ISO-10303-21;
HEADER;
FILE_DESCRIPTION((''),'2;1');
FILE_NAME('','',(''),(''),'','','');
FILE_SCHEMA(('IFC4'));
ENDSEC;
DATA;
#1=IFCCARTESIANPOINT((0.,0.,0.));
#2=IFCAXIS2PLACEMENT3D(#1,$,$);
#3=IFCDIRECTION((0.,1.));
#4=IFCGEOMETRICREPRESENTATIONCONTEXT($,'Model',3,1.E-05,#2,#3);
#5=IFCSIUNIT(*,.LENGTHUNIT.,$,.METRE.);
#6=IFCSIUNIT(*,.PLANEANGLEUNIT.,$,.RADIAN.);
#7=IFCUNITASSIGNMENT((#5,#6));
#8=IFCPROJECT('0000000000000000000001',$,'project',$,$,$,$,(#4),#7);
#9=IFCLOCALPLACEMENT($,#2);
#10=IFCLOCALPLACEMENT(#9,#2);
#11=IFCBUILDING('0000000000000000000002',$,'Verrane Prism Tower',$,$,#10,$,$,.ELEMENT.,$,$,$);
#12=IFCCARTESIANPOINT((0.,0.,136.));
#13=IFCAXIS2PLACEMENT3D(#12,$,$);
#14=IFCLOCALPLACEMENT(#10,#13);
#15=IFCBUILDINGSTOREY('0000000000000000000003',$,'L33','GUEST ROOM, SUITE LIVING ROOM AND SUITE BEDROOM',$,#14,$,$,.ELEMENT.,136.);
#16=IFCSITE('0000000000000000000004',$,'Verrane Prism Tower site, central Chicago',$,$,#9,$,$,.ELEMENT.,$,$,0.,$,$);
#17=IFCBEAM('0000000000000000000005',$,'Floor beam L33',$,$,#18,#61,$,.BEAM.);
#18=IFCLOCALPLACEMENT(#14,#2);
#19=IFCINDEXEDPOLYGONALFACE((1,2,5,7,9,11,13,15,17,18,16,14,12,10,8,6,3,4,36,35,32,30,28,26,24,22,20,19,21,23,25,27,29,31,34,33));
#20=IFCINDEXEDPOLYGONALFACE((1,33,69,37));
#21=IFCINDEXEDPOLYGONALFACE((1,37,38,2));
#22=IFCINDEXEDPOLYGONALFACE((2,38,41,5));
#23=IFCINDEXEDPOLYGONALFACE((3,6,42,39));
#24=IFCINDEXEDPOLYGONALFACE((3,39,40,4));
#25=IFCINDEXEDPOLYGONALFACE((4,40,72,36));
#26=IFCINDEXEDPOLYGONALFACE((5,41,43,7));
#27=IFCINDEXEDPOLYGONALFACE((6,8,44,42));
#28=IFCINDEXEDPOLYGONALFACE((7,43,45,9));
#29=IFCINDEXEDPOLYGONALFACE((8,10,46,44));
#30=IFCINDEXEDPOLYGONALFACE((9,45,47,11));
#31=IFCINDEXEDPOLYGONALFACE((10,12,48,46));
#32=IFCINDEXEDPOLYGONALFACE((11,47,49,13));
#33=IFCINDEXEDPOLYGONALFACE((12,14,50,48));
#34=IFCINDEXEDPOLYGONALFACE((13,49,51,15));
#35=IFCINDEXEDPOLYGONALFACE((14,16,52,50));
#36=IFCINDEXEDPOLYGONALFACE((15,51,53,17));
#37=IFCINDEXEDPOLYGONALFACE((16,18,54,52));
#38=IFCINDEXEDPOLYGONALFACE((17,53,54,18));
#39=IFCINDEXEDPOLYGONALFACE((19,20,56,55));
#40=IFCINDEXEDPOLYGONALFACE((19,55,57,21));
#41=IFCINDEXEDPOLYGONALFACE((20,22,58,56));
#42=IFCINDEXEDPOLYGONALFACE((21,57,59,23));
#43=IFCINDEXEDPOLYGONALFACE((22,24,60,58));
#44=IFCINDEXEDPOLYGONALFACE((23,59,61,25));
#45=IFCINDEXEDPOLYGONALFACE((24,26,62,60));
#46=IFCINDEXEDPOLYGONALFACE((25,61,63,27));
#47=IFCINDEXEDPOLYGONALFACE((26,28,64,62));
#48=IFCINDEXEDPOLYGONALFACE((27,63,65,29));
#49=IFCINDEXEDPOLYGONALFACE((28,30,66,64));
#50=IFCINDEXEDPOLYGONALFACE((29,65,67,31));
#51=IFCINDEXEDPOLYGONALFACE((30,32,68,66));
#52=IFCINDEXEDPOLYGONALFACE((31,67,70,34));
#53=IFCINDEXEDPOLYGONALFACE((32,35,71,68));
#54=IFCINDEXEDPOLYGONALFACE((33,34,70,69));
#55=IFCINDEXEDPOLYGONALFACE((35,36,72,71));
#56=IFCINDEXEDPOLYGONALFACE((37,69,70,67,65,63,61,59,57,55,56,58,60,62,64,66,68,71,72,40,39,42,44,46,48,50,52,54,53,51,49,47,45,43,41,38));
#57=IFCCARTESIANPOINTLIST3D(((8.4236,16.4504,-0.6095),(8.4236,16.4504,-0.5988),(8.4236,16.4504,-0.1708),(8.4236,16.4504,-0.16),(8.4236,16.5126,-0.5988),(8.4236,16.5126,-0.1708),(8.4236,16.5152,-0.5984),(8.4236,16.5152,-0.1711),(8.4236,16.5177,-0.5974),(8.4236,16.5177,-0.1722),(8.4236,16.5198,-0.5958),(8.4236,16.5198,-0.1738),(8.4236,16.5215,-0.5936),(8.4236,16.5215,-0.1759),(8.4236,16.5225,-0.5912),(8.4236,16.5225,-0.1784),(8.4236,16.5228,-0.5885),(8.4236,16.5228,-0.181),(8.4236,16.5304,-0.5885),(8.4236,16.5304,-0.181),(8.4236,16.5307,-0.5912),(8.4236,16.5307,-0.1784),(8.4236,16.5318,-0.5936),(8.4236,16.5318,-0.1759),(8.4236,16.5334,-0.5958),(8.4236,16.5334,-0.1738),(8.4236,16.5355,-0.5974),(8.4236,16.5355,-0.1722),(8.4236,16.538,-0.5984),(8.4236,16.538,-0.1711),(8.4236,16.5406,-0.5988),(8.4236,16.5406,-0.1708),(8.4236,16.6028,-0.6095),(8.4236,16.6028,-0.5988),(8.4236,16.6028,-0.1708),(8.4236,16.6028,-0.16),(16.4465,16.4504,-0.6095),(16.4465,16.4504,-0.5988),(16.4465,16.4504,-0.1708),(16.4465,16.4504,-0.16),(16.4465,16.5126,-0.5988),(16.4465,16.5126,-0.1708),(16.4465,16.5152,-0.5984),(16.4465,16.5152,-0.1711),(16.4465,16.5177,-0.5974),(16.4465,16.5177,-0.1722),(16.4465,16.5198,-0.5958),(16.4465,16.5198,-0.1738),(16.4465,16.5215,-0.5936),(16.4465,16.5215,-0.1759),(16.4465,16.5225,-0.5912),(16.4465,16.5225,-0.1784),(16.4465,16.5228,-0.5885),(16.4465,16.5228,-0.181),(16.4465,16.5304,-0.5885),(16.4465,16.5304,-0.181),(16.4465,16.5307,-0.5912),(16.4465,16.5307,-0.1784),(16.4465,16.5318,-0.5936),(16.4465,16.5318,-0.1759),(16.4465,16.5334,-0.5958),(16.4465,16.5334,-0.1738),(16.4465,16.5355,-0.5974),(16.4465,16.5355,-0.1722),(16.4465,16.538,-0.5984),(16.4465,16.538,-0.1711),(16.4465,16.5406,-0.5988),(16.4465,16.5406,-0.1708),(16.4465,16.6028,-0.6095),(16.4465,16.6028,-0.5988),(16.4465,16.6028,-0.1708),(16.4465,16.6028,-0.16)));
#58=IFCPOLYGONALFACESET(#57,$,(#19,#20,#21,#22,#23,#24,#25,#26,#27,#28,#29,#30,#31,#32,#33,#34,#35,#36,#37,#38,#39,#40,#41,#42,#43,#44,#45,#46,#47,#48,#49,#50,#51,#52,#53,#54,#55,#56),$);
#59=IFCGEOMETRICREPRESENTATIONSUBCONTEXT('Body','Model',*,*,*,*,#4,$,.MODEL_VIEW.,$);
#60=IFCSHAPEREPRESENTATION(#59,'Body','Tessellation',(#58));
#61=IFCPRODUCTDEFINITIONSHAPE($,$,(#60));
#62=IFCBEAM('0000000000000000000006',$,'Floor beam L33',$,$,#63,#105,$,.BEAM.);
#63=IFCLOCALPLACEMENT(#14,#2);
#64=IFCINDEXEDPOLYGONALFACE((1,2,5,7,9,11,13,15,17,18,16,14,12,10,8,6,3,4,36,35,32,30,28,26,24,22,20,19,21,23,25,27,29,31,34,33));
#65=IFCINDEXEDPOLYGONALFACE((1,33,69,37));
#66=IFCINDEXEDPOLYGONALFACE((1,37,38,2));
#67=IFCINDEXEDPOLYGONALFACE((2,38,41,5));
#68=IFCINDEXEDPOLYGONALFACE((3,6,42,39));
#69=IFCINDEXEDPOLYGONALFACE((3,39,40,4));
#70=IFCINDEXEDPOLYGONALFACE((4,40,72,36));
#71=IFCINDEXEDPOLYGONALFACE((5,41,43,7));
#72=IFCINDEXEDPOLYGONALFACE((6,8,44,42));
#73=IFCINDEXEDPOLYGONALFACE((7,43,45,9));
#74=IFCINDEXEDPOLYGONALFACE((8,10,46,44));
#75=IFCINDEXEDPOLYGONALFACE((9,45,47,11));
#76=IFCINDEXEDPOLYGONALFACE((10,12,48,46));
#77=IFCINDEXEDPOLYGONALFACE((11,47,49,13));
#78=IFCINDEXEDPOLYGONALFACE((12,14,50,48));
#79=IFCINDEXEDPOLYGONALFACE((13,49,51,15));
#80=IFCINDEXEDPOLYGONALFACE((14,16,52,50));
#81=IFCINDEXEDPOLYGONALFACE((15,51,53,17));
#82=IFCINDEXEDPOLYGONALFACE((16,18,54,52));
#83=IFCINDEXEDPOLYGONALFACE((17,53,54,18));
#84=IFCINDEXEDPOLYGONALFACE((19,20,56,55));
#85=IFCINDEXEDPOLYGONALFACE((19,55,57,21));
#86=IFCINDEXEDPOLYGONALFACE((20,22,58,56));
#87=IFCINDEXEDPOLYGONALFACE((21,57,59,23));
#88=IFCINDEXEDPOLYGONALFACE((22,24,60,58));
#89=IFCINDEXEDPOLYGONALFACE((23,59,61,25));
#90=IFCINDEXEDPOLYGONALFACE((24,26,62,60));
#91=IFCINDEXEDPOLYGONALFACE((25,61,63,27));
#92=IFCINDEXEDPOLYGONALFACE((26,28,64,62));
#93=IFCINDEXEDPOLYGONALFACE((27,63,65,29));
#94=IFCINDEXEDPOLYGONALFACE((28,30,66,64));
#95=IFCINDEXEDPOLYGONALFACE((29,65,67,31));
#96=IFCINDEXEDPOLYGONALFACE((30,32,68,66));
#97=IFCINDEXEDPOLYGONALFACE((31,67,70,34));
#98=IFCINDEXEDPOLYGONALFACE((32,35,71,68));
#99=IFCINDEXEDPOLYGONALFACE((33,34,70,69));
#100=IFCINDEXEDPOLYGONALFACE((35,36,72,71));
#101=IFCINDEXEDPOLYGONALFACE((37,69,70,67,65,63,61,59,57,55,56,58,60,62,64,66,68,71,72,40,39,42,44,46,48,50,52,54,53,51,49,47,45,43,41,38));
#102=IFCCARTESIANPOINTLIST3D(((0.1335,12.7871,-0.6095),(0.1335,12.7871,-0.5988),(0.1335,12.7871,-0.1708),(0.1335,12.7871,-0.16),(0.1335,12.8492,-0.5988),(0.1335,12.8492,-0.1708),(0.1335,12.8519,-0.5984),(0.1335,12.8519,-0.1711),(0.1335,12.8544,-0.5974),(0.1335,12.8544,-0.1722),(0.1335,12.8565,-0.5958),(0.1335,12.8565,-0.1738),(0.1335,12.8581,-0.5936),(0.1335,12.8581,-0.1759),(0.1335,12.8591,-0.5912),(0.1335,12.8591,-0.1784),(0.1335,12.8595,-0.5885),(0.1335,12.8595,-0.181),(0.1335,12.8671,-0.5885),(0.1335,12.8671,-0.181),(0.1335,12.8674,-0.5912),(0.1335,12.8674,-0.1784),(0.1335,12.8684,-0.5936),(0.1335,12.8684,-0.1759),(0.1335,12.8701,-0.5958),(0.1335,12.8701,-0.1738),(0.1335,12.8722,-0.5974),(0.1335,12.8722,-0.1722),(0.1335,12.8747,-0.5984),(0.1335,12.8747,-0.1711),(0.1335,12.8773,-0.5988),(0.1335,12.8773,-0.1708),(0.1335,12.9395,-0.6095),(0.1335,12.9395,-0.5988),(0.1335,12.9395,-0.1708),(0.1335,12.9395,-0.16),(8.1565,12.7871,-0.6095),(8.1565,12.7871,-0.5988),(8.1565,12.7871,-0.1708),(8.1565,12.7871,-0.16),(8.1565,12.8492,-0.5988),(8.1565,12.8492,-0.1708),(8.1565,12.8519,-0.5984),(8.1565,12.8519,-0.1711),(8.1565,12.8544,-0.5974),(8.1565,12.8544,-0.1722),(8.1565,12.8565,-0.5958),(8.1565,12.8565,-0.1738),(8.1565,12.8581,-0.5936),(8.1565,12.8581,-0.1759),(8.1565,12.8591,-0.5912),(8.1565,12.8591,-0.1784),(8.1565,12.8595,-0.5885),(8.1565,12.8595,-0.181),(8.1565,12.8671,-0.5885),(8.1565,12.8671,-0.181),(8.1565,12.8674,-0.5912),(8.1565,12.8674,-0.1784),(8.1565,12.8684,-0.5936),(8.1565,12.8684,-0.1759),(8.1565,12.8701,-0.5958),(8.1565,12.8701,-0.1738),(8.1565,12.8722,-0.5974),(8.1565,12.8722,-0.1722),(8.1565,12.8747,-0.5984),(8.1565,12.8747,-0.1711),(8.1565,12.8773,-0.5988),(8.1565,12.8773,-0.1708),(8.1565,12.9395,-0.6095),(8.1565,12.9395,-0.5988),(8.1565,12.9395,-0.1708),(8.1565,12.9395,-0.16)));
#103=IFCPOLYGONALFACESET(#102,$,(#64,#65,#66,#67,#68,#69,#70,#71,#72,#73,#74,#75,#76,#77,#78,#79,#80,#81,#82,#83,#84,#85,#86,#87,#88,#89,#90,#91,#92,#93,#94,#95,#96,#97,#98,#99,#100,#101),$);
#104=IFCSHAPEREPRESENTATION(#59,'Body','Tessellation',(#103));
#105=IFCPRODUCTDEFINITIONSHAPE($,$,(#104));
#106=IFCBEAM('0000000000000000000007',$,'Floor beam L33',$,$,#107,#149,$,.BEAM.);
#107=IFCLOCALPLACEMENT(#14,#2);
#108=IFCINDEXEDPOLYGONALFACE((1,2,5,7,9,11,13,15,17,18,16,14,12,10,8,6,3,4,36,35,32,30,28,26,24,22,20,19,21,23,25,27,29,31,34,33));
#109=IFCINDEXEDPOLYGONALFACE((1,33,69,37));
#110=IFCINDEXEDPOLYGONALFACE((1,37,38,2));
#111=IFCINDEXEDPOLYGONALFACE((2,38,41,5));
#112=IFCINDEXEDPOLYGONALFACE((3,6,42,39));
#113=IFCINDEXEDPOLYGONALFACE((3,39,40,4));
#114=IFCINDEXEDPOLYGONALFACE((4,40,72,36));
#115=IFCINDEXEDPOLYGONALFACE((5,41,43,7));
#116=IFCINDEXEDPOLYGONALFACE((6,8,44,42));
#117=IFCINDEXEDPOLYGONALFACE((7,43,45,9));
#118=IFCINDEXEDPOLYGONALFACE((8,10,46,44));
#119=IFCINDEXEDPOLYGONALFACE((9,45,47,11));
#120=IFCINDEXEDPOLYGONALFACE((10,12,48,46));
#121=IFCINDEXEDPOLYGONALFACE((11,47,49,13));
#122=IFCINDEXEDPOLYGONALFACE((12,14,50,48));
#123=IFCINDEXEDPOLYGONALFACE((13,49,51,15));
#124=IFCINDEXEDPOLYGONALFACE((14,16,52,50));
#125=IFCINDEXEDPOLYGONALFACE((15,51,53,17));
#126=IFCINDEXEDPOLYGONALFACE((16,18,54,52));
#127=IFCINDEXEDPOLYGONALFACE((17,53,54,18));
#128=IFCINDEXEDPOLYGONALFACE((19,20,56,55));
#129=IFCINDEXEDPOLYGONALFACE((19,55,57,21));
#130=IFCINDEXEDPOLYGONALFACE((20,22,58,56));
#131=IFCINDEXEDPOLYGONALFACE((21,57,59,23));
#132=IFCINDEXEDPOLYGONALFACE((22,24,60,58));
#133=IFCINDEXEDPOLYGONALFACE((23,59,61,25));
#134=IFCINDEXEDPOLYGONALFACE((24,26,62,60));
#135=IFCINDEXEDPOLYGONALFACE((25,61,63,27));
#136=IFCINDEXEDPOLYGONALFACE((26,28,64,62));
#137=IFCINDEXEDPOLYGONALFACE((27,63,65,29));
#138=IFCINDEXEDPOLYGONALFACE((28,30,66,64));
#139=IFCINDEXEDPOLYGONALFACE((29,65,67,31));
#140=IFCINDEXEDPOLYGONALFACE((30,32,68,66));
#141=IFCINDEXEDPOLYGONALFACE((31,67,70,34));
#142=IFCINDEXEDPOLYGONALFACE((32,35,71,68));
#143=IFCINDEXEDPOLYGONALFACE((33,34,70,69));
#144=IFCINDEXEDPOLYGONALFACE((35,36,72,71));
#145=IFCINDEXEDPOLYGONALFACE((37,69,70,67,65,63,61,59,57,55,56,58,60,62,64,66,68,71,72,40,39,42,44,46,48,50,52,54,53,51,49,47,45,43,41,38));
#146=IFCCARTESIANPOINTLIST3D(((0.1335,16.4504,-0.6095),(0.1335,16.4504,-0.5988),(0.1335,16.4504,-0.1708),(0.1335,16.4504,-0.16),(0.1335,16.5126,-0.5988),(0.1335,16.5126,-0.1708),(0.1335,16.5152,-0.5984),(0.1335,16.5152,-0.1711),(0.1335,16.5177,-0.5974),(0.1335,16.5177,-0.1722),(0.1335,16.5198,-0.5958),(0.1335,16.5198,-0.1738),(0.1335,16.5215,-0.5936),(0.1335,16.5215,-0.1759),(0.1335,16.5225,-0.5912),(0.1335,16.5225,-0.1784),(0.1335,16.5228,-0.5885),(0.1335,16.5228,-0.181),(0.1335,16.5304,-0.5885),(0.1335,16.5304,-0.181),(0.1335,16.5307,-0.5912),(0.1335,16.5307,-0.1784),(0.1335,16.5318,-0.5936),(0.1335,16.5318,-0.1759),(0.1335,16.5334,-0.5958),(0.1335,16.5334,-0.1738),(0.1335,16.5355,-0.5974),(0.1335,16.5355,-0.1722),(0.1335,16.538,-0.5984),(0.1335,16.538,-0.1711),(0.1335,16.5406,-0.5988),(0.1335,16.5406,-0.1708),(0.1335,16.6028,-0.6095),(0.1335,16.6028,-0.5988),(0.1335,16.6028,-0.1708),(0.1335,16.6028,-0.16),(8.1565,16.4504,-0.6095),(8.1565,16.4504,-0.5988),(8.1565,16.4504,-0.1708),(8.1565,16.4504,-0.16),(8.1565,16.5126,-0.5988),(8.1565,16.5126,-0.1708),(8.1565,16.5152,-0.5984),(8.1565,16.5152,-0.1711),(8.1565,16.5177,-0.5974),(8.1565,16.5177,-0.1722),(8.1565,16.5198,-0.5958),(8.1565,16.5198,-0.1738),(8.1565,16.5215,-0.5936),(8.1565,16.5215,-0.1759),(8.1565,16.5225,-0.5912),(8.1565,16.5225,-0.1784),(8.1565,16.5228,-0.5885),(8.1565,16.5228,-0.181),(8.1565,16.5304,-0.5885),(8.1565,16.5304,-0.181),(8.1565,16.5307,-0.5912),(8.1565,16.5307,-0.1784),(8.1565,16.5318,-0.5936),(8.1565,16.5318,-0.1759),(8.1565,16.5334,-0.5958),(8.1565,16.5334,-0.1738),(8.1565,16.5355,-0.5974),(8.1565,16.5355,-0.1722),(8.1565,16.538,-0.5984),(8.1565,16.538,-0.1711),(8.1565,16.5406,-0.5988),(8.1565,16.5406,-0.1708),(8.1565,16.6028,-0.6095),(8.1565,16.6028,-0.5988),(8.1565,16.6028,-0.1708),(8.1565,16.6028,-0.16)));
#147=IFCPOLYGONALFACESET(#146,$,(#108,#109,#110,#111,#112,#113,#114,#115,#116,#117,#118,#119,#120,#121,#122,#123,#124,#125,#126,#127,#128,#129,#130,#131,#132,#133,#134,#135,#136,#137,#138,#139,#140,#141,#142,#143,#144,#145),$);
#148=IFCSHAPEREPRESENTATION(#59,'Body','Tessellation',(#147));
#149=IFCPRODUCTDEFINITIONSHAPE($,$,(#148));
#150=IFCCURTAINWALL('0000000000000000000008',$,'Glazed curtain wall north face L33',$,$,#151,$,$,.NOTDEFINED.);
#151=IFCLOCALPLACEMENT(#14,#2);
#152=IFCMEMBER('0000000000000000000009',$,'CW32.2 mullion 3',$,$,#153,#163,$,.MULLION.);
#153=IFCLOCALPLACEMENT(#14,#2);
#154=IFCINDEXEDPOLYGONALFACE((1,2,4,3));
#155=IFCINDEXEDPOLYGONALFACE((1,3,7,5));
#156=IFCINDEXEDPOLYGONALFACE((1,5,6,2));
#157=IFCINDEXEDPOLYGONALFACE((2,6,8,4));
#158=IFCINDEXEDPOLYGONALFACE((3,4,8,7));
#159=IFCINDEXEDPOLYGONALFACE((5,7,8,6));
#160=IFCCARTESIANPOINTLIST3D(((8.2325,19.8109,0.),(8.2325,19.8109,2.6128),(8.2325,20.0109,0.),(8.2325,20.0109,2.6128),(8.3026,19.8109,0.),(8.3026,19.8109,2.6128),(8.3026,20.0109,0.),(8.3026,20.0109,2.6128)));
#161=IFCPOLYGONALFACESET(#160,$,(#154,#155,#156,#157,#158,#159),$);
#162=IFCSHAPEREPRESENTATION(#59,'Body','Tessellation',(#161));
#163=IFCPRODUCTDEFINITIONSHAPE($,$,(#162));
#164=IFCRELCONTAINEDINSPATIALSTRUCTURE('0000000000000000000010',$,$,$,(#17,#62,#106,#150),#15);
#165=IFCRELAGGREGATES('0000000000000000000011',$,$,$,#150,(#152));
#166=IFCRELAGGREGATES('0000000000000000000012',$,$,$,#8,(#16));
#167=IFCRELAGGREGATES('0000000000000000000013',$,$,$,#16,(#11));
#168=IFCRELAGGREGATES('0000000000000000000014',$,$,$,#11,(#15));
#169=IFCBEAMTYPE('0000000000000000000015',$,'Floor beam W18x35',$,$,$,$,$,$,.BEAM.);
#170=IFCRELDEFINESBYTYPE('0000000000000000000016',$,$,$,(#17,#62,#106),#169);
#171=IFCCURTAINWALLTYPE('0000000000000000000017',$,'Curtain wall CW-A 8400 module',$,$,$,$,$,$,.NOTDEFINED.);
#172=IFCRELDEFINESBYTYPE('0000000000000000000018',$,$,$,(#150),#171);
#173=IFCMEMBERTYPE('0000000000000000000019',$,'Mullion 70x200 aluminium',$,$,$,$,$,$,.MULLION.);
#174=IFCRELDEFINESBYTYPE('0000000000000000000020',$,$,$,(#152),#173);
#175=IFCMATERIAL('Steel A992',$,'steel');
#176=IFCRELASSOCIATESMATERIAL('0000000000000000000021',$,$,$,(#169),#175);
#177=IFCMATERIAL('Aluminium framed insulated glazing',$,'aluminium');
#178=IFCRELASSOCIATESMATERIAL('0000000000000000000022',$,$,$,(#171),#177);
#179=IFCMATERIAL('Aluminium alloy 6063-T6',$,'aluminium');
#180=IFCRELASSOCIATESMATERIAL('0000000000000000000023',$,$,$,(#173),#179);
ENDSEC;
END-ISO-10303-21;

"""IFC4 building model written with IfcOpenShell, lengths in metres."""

from ifc_helpers import new_model, si_unit, direction, frame, origin, origin_2d, place, context, subcontext, project, spatial, rectangle, i_section, extrude, material, material_profile, profile_set, type_object, element, aggregate, save


model = new_model("IFC4")

# Units and contexts
model_context = context("Model", 3, precision=1e-05, world=origin(), true_north=direction((0.0, 1.0)))
body_context = subcontext(model_context, "Body", "Model", "MODEL_VIEW")
ifc_project = project(units=[si_unit("LENGTHUNIT", "METRE"), si_unit("PLANEANGLEUNIT", "RADIAN")], contexts=[model_context])

# Site, building, storey
site_placement = place(None, origin())
site = spatial("IfcSite", under=ifc_project, at=site_placement, Name="Verrane Prism Tower site, central Chicago", CompositionType="ELEMENT", RefElevation=0.0)
building_placement = place(site_placement, origin())
building = spatial("IfcBuilding", under=site, at=building_placement, Name="Verrane Prism Tower", CompositionType="ELEMENT")
storey_placement = place(building_placement, frame((0.0, 0.0, 136.0)))
storey = spatial("IfcBuildingStorey", under=building, at=storey_placement, Name="L33", Description="GUEST ROOM, SUITE LIVING ROOM AND SUITE BEDROOM", CompositionType="ELEMENT", Elevation=136.0)

# Beams
ifc_material_1 = material(Name="Steel A992", Category="steel")
ifc_material_profile_1 = material_profile(ifc_material_1, i_section(OverallWidth=0.1523, OverallDepth=0.4495, WebThickness=0.0076, FlangeThickness=0.0107, FilletRadius=0.0103, at=origin_2d()), Name="W18x35")
ifc_profile_set_1 = profile_set([ifc_material_profile_1], Name="Steel A992")
beam_type_1 = type_object("IfcBeamType", Name="Floor beam W18x35", PredefinedType="BEAM", material=ifc_profile_set_1)
for number, where, z_axis, x_axis, name in (
    (1, (8.4236, 16.5266, -0.3848), (1.0, 0.0, 0.0), (0.0, 1.0, 0.0), "Floor beam L33"),
    (2, (0.1335, 12.8633, -0.3848), (1.0, 0.0, 0.0), (0.0, 1.0, 0.0), "Floor beam L33"),
    (3, (0.1335, 16.5266, -0.3848), (1.0, 0.0, 0.0), (0.0, 1.0, 0.0), "Floor beam L33"),
):
    element("IfcBeam", number, at=place(storey_placement, frame(where, z_axis=z_axis, x_axis=x_axis)), inside=storey, type_object=beam_type_1, Name=name, PredefinedType="BEAM", context=body_context, shape_type="SweptSolid", body=[
        extrude(i_section(OverallWidth=0.1523, OverallDepth=0.4495, WebThickness=0.0076, FlangeThickness=0.0107, FilletRadius=0.0103, at=origin_2d()), origin(), (0.0, 0.0, 1.0), 8.0229),
    ])

# Curtain wall, member
ifc_material_2 = material(Name="Aluminium framed insulated glazing", Category="aluminium")
curtain_wall_type = type_object("IfcCurtainWallType", Name="Curtain wall CW-A 8400 module", PredefinedType="NOTDEFINED", material=ifc_material_2)
curtain_wall_placement = place(storey_placement, origin())
curtain_wall = element("IfcCurtainWall", 4, at=curtain_wall_placement, inside=storey, type_object=curtain_wall_type, Name="Glazed curtain wall north face L33", PredefinedType="NOTDEFINED")
ifc_material_3 = material(Name="Aluminium alloy 6063-T6", Category="aluminium")
ifc_material_profile_2 = material_profile(ifc_material_3, rectangle(XDim=0.2, YDim=0.0701, at=origin_2d()), Name="Mullion 70x200 aluminium")
ifc_profile_set_2 = profile_set([ifc_material_profile_2], Name="Aluminium alloy 6063-T6")
member_type_1 = type_object("IfcMemberType", Name="Mullion 70x200 aluminium", PredefinedType="MULLION", material=ifc_profile_set_2)
member_1_placement = place(storey_placement, frame((8.2676, 19.9109, 0.0), z_axis=(0.0, 0.0, 1.0), x_axis=(0.0, -1.0, 0.0)))
member_1 = element("IfcMember", 5, at=member_1_placement, type_object=member_type_1, Name="CW32.2 mullion 3", PredefinedType="MULLION", context=body_context, shape_type="SweptSolid", body=[
    extrude(rectangle(XDim=0.2, YDim=0.0701, at=origin_2d()), origin(), (0.0, 0.0, 1.0), 2.6128),
])

aggregate(curtain_wall, [member_1])

save(model, "model.ifc")
